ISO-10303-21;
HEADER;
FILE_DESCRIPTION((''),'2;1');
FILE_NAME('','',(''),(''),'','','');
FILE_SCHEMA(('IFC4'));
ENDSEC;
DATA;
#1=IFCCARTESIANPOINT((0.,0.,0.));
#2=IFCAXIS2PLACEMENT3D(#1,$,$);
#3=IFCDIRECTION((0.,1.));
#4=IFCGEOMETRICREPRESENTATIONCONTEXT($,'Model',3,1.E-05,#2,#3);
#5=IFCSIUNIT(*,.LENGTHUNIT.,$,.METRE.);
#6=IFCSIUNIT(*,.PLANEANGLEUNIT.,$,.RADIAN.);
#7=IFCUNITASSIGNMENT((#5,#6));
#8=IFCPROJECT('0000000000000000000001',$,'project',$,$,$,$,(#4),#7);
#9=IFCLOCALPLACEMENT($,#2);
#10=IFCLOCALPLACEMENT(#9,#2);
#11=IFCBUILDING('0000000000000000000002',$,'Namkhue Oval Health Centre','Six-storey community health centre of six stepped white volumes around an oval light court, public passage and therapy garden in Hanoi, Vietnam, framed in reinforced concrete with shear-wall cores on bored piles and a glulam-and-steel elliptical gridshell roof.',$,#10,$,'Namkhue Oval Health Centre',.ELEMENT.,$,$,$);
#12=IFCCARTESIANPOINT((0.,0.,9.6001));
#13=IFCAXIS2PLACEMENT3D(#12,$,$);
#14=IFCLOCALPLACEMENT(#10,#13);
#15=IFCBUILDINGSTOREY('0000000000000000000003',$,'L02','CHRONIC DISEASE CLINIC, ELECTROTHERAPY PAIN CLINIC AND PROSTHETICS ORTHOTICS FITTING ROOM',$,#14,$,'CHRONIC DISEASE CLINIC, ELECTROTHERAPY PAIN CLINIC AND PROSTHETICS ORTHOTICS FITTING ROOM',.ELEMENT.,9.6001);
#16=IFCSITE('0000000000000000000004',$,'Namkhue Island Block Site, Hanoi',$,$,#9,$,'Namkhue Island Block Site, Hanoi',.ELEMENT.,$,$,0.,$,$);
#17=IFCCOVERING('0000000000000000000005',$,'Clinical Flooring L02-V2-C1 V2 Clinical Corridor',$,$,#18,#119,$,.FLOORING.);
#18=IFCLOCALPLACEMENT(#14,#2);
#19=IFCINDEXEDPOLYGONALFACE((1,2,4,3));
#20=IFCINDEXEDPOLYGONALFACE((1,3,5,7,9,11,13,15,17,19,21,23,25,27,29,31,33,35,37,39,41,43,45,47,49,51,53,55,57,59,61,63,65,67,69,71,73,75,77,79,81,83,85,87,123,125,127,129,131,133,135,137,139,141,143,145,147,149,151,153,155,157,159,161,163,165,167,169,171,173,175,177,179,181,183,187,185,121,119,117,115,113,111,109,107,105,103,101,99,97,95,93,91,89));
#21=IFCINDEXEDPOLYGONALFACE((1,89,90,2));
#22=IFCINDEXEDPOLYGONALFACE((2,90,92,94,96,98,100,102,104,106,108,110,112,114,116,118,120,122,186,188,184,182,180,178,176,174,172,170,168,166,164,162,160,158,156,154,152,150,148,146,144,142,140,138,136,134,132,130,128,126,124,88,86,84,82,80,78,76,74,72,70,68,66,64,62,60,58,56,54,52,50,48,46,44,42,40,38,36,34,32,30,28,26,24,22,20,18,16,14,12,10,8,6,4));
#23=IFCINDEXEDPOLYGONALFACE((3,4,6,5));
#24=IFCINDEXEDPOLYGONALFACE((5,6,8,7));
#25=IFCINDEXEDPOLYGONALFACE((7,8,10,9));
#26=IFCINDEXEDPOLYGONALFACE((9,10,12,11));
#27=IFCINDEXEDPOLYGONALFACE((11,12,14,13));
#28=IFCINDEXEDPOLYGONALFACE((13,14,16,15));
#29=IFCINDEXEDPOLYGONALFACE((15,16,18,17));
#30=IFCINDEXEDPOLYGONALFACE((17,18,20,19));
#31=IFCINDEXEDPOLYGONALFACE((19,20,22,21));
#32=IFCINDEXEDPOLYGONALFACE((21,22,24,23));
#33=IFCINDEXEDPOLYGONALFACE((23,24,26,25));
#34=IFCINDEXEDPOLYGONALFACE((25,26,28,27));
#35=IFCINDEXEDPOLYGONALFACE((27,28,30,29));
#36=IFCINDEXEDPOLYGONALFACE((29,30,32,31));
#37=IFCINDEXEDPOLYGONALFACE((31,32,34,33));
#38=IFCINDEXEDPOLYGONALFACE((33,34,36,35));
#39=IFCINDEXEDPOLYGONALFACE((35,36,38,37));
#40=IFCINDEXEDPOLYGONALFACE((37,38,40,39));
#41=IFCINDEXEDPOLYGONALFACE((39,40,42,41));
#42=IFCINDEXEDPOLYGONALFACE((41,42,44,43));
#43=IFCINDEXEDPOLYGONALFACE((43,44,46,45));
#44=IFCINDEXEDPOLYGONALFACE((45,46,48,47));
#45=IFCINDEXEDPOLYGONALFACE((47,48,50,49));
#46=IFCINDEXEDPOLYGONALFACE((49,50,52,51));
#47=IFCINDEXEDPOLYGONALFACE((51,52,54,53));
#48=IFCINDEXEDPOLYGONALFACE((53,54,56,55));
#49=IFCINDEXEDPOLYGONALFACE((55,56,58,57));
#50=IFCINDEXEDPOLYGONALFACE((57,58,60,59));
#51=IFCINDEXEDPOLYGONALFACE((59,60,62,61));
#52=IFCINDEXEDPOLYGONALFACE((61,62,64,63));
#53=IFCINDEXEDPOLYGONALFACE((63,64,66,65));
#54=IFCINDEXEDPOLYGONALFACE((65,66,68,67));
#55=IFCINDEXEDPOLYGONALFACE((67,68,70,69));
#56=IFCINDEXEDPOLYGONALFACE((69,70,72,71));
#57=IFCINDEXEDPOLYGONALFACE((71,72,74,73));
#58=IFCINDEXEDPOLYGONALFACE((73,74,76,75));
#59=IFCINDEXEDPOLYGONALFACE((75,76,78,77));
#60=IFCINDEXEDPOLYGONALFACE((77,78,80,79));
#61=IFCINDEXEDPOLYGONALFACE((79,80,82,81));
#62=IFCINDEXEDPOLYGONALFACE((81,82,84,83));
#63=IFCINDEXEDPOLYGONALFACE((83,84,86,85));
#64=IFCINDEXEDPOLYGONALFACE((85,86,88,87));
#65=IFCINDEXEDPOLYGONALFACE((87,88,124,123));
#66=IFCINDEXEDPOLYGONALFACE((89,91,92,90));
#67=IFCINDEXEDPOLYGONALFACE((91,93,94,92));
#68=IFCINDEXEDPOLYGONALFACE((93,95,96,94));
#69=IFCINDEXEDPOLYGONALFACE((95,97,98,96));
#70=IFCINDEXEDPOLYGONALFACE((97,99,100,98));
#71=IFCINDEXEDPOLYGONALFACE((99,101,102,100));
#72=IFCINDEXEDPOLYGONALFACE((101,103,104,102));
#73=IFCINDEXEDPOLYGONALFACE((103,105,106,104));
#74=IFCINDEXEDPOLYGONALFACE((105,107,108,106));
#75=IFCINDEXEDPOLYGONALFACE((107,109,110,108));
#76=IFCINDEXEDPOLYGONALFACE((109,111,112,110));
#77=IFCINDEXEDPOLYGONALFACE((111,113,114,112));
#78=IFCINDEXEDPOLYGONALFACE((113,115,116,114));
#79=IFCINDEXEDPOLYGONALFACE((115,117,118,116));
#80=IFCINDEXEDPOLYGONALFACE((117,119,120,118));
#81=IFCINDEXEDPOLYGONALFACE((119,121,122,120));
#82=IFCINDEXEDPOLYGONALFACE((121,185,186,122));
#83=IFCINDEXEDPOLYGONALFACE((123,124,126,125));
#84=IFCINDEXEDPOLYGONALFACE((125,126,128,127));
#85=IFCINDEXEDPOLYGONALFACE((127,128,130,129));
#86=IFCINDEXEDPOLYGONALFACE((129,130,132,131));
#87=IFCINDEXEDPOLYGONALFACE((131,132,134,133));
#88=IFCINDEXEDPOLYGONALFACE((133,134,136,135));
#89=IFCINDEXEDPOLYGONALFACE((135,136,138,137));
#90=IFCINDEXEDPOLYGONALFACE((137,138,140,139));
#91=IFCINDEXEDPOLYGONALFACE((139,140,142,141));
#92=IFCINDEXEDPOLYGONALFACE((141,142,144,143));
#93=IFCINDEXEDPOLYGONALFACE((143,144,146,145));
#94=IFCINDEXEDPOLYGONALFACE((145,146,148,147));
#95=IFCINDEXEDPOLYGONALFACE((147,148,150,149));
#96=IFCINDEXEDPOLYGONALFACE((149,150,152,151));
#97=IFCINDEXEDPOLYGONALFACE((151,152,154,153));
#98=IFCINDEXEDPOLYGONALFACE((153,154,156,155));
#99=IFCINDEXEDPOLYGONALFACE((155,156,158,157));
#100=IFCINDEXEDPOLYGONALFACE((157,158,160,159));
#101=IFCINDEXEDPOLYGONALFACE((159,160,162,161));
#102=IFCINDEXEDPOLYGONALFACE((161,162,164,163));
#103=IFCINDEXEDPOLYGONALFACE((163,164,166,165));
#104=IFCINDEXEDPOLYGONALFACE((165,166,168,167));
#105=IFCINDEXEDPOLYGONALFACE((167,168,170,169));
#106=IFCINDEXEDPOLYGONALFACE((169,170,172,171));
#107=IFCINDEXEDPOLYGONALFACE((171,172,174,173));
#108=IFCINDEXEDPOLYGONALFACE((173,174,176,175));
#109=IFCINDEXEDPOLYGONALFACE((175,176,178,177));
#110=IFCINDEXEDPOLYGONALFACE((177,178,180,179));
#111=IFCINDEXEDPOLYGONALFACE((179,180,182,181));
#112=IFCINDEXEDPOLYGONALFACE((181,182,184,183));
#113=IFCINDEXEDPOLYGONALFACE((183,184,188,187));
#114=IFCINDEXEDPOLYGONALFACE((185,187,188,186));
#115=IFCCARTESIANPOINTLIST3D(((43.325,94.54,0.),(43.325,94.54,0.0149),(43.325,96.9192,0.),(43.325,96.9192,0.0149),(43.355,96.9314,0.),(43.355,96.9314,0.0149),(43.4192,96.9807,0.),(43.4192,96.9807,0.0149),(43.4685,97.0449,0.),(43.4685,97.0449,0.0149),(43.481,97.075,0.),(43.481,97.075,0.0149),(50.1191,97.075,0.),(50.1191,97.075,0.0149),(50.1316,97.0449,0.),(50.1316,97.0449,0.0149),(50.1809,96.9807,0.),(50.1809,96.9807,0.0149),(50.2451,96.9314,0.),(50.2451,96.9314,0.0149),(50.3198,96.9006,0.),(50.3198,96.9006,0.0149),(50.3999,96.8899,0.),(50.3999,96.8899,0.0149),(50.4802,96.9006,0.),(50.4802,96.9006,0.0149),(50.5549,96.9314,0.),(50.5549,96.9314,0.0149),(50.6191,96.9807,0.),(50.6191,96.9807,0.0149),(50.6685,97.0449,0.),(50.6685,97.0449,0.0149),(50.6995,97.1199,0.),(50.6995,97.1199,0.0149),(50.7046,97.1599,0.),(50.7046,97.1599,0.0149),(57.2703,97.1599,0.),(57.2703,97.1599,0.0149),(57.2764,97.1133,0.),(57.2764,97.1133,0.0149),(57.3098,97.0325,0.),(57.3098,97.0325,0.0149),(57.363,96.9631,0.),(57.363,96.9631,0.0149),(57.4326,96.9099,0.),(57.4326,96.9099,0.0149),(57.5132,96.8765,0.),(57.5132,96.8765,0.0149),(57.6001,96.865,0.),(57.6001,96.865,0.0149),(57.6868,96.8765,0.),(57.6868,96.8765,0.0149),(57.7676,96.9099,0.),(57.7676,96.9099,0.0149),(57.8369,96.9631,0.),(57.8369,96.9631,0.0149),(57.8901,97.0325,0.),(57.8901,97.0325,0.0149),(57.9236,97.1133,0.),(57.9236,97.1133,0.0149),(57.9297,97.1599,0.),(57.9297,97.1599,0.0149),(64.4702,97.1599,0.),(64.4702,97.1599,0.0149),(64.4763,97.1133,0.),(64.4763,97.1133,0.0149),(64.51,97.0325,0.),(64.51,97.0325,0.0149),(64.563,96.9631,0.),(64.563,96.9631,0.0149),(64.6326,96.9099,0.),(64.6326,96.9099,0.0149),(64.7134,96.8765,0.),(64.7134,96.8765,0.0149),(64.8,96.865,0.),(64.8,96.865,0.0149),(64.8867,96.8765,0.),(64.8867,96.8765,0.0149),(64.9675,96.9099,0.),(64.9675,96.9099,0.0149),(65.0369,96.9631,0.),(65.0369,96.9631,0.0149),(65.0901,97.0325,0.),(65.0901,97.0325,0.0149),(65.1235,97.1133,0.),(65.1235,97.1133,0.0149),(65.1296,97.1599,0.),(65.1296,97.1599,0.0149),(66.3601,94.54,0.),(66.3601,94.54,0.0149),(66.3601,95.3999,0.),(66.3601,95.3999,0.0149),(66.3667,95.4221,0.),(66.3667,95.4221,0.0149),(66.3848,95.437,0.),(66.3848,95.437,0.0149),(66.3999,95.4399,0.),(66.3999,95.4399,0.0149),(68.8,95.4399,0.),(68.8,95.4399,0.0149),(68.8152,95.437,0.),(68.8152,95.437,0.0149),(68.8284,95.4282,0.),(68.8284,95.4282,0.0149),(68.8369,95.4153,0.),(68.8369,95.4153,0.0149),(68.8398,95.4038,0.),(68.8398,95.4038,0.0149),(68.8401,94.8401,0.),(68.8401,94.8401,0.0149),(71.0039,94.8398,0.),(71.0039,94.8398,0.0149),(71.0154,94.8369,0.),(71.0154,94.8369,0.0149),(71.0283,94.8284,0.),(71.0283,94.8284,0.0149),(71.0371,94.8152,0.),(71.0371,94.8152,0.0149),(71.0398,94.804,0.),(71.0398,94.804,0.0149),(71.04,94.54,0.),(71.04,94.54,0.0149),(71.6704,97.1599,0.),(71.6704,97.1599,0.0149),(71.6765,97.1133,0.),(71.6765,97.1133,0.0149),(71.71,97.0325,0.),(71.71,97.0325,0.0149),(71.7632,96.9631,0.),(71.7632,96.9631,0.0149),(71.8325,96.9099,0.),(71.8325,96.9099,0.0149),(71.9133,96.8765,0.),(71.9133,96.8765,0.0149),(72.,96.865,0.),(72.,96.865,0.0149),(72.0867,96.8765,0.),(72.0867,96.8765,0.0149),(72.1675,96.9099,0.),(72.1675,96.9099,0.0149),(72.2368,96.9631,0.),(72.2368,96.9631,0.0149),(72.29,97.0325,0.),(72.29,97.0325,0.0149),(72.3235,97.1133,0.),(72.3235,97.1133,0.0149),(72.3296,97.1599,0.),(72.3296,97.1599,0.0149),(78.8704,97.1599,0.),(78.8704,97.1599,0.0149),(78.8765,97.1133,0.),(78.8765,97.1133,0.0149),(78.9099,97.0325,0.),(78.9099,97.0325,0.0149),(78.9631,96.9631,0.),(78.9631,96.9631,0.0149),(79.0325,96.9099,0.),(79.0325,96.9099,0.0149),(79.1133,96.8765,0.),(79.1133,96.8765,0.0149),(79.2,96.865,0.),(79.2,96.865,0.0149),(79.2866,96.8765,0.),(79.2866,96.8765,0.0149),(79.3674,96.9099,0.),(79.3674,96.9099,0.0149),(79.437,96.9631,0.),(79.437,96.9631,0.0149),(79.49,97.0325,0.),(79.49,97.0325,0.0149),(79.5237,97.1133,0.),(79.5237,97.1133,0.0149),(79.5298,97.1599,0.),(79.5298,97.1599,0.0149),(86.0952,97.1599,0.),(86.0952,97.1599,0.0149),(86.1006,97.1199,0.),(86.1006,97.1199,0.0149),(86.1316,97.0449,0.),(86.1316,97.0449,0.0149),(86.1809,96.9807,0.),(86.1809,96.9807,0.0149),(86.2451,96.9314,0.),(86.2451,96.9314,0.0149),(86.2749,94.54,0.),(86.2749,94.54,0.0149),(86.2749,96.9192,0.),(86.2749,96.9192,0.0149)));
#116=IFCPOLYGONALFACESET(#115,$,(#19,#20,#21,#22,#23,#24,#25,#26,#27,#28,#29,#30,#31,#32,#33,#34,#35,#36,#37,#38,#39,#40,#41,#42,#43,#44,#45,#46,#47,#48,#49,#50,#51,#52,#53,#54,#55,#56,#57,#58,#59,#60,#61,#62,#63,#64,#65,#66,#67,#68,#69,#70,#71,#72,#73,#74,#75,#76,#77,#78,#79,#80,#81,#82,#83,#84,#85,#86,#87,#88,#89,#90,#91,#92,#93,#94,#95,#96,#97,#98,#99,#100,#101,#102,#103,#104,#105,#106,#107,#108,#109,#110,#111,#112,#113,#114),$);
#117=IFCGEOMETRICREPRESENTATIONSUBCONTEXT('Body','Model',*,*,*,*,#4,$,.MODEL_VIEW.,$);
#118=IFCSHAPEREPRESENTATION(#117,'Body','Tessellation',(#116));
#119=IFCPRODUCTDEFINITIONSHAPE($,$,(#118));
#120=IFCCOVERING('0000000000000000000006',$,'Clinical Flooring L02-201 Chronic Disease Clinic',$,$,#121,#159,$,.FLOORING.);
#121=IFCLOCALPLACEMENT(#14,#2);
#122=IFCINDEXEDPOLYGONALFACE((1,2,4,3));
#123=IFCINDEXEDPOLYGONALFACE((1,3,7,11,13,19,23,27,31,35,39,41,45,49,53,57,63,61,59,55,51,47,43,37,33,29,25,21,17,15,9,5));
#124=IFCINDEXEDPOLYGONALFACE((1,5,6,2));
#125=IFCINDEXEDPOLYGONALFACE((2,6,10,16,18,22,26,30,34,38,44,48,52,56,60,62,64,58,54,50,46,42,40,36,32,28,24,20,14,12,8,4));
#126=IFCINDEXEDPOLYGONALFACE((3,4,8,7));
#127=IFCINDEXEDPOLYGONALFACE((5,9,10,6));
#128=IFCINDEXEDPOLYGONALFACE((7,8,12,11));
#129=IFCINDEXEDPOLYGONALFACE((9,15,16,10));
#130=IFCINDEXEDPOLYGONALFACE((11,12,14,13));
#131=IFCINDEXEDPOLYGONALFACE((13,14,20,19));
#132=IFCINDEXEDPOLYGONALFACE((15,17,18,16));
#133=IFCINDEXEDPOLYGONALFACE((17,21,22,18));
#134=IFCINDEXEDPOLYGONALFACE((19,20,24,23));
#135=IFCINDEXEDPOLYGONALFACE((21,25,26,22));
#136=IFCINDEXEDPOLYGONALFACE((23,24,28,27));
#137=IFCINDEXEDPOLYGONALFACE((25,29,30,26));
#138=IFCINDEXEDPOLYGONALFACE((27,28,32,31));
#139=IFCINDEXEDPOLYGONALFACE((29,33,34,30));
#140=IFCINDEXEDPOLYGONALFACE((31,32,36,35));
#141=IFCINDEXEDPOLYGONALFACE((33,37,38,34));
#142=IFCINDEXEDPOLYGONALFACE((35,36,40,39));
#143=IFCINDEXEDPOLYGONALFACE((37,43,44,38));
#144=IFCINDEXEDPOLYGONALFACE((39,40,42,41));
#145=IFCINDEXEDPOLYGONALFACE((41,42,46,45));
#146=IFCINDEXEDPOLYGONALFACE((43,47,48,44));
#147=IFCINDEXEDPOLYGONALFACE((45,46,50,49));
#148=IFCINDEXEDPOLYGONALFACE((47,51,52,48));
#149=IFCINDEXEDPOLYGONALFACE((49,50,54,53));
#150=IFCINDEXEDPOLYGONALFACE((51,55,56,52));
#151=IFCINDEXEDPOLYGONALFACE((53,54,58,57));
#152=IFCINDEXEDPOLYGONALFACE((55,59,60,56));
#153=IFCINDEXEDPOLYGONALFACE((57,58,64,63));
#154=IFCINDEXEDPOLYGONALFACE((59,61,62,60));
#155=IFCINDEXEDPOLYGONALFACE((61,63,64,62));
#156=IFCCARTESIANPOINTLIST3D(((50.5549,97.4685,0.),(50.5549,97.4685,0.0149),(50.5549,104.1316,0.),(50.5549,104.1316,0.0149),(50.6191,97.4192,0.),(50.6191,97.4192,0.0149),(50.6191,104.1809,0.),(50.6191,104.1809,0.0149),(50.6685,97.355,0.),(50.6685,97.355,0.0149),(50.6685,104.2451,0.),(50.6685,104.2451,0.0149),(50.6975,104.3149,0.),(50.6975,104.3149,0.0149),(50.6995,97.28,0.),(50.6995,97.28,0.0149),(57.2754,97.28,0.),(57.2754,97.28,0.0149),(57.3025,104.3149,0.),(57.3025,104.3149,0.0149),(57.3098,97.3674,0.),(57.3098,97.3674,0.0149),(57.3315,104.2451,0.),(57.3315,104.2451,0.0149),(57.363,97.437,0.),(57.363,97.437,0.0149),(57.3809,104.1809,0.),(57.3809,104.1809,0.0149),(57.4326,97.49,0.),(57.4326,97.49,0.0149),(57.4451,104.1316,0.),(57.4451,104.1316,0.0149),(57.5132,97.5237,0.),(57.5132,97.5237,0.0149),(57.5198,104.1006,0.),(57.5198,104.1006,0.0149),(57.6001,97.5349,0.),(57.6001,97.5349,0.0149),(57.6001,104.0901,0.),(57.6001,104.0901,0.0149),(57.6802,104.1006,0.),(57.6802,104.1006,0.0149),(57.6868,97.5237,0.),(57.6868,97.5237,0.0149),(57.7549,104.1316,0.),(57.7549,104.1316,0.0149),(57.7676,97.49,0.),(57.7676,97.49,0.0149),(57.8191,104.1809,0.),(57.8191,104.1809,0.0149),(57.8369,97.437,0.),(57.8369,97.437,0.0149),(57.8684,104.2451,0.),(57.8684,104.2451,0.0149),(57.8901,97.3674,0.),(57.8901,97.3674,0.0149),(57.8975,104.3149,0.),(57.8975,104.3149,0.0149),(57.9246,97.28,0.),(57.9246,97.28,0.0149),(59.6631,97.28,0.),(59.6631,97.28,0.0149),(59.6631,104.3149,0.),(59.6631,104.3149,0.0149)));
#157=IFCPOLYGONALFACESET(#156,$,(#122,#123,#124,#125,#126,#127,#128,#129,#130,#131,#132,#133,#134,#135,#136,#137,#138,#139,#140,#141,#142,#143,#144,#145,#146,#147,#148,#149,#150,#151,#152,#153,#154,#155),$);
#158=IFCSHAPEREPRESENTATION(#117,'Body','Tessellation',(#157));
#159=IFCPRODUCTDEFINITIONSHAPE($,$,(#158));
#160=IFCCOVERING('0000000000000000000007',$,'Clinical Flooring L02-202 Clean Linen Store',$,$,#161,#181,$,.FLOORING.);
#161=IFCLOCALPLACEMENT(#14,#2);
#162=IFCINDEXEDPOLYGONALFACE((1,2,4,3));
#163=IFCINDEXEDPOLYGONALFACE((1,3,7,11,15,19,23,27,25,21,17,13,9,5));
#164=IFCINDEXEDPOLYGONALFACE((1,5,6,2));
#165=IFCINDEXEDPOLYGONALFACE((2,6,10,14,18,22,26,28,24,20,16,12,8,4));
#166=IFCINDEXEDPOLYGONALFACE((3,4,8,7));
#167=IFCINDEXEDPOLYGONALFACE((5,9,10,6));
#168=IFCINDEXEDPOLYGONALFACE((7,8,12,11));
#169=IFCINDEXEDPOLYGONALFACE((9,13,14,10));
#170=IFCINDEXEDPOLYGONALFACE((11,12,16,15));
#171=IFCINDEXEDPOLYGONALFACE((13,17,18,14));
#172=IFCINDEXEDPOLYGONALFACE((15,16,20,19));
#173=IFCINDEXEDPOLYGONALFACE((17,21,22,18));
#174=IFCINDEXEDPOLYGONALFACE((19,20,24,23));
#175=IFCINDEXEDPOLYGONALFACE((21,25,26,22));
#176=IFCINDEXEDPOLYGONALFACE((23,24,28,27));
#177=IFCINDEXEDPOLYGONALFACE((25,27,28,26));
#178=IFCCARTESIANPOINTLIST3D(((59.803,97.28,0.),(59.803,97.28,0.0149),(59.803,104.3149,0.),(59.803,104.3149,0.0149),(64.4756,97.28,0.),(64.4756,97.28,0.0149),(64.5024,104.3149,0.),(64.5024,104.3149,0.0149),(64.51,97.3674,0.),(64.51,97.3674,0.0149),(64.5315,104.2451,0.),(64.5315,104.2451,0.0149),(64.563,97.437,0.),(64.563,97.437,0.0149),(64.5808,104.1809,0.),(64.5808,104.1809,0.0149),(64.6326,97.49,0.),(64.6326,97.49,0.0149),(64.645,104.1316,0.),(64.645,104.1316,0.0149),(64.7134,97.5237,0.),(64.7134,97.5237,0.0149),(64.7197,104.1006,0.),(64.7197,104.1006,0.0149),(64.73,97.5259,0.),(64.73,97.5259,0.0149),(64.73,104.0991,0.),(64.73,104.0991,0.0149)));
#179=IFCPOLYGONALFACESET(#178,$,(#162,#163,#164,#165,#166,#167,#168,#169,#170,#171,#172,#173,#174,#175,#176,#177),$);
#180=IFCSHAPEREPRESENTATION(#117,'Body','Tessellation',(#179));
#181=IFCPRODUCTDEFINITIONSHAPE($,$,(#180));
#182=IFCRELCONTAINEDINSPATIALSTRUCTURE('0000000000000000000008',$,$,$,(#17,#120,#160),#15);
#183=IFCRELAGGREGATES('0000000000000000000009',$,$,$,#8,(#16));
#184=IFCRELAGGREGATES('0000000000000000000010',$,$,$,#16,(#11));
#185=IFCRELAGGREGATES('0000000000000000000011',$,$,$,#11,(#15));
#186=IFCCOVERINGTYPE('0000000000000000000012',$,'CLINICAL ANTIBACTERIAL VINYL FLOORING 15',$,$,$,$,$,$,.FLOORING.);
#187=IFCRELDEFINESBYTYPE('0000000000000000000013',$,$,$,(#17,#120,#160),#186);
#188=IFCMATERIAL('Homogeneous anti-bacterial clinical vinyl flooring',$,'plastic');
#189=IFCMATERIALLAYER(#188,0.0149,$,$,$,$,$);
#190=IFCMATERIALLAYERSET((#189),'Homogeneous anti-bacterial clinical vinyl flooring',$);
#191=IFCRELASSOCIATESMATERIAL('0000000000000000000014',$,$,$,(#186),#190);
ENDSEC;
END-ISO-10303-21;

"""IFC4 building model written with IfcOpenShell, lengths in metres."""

from ifc_helpers import new_model, si_unit, direction, frame, origin, place, context, subcontext, project, spatial, polyline, outline, extrude, material, layer, layer_set, type_object, element, save


model = new_model("IFC4")

# Units and contexts
model_context = context("Model", 3, precision=1e-05, world=origin(), true_north=direction((0.0, 1.0)))
body_context = subcontext(model_context, "Body", "Model", "MODEL_VIEW")
ifc_project = project(units=[si_unit("LENGTHUNIT", "METRE"), si_unit("PLANEANGLEUNIT", "RADIAN")], contexts=[model_context])

# Site, building, storey
site_placement = place(None, origin())
site = spatial("IfcSite", under=ifc_project, at=site_placement, Name="Namkhue Island Block Site, Hanoi", LongName="Namkhue Island Block Site, Hanoi", CompositionType="ELEMENT", RefElevation=0.0)
building_placement = place(site_placement, origin())
building = spatial("IfcBuilding", under=site, at=building_placement, Name="Namkhue Oval Health Centre", Description="Six-storey community health centre of six stepped white volumes around an oval light court, public passage and therapy garden in Hanoi, Vietnam, framed in reinforced concrete with shear-wall cores on bored piles and a glulam-and-steel elliptical gridshell roof.", LongName="Namkhue Oval Health Centre", CompositionType="ELEMENT")
storey_placement = place(building_placement, frame((0.0, 0.0, 9.6001)))
storey = spatial("IfcBuildingStorey", under=building, at=storey_placement, Name="L02", Description="CHRONIC DISEASE CLINIC, ELECTROTHERAPY PAIN CLINIC AND PROSTHETICS ORTHOTICS FITTING ROOM", LongName="CHRONIC DISEASE CLINIC, ELECTROTHERAPY PAIN CLINIC AND PROSTHETICS ORTHOTICS FITTING ROOM", CompositionType="ELEMENT", Elevation=9.6001)

# Coverings
ifc_material_1 = material(Name="Homogeneous anti-bacterial clinical vinyl flooring", Category="plastic")
ifc_layer_1 = layer(ifc_material_1, 0.0149)
ifc_layer_set_1 = layer_set([ifc_layer_1], Name="Homogeneous anti-bacterial clinical vinyl flooring")
covering_type = type_object("IfcCoveringType", Name="CLINICAL ANTIBACTERIAL VINYL FLOORING 15", PredefinedType="FLOORING", material=ifc_layer_set_1)
covering_1_placement = place(storey_placement, origin())
element("IfcCovering", 1, at=covering_1_placement, inside=storey, type_object=covering_type, Name="Clinical Flooring L02-V2-C1 V2 Clinical Corridor", PredefinedType="FLOORING", context=body_context, shape_type="SweptSolid", body=[
    extrude(outline(polyline([(57.2703, 97.1599), (57.2764, 97.1133), (57.3098, 97.0325), (57.363, 96.9631), (57.4326, 96.9099), (57.5132, 96.8765), (57.6001, 96.865), (57.6868, 96.8765), (57.7676, 96.9099), (57.8369, 96.9631), (57.8901, 97.0325), (57.9236, 97.1133), (57.9297, 97.1599), (64.4702, 97.1599), (64.4763, 97.1133), (64.51, 97.0325), (64.563, 96.9631), (64.6326, 96.9099), (64.7134, 96.8765), (64.8, 96.865), (64.8867, 96.8765), (64.9675, 96.9099), (65.0369, 96.9631), (65.0901, 97.0325), (65.1235, 97.1133), (65.1296, 97.1599), (71.6704, 97.1599), (71.6765, 97.1133), (71.71, 97.0325), (71.7632, 96.9631), (71.8325, 96.9099), (71.9133, 96.8765), (72.0, 96.865), (72.0867, 96.8765), (72.1675, 96.9099), (72.2368, 96.9631), (72.29, 97.0325), (72.3235, 97.1133), (72.3296, 97.1599), (78.8704, 97.1599), (78.8765, 97.1133), (78.9099, 97.0325), (78.9631, 96.9631), (79.0325, 96.9099), (79.1133, 96.8765), (79.2, 96.865), (79.2866, 96.8765), (79.3674, 96.9099), (79.437, 96.9631), (79.49, 97.0325), (79.5237, 97.1133), (79.5298, 97.1599), (86.0952, 97.1599), (86.1006, 97.1199), (86.1316, 97.0449), (86.1809, 96.9807), (86.2451, 96.9314), (86.2749, 96.9192), (86.2749, 94.54), (71.04, 94.54), (71.0398, 94.804), (71.0371, 94.8152), (71.0283, 94.8284), (71.0154, 94.8369), (71.0039, 94.8398), (68.8401, 94.8401), (68.8398, 95.4038), (68.8369, 95.4153), (68.8284, 95.4282), (68.8152, 95.437), (68.8, 95.4399), (66.3999, 95.4399), (66.3848, 95.437), (66.3667, 95.4221), (66.3601, 95.3999), (66.3601, 94.54), (43.325, 94.54), (43.325, 96.9192), (43.355, 96.9314), (43.4192, 96.9807), (43.4685, 97.0449), (43.481, 97.075), (50.1191, 97.075), (50.1316, 97.0449), (50.1809, 96.9807), (50.2451, 96.9314), (50.3198, 96.9006), (50.3999, 96.8899), (50.4802, 96.9006), (50.5549, 96.9314), (50.6191, 96.9807), (50.6685, 97.0449), (50.6995, 97.1199), (50.7046, 97.1599), (57.2703, 97.1599)])), origin(), (0.0, 0.0, 1.0), 0.0149),
])
covering_2_placement = place(storey_placement, origin())
element("IfcCovering", 2, at=covering_2_placement, inside=storey, type_object=covering_type, Name="Clinical Flooring L02-201 Chronic Disease Clinic", PredefinedType="FLOORING", context=body_context, shape_type="SweptSolid", body=[
    extrude(outline(polyline([(57.9246, 97.28), (57.8901, 97.3674), (57.8369, 97.437), (57.7676, 97.49), (57.6868, 97.5237), (57.6001, 97.5349), (57.5132, 97.5237), (57.4326, 97.49), (57.363, 97.437), (57.3098, 97.3674), (57.2754, 97.28), (50.6995, 97.28), (50.6685, 97.355), (50.6191, 97.4192), (50.5549, 97.4685), (50.5549, 104.1316), (50.6191, 104.1809), (50.6685, 104.2451), (50.6975, 104.3149), (57.3025, 104.3149), (57.3315, 104.2451), (57.3809, 104.1809), (57.4451, 104.1316), (57.5198, 104.1006), (57.6001, 104.0901), (57.6802, 104.1006), (57.7549, 104.1316), (57.8191, 104.1809), (57.8684, 104.2451), (57.8975, 104.3149), (59.6631, 104.3149), (59.6631, 97.28), (57.9246, 97.28)])), origin(), (0.0, 0.0, 1.0), 0.0149),
])
covering_3_placement = place(storey_placement, origin())
element("IfcCovering", 3, at=covering_3_placement, inside=storey, type_object=covering_type, Name="Clinical Flooring L02-202 Clean Linen Store", PredefinedType="FLOORING", context=body_context, shape_type="SweptSolid", body=[
    extrude(outline(polyline([(59.803, 97.28), (59.803, 104.3149), (64.5024, 104.3149), (64.5315, 104.2451), (64.5808, 104.1809), (64.645, 104.1316), (64.7197, 104.1006), (64.73, 104.0991), (64.73, 97.5259), (64.7134, 97.5237), (64.6326, 97.49), (64.563, 97.437), (64.51, 97.3674), (64.4756, 97.28), (59.803, 97.28)])), origin(), (0.0, 0.0, 1.0), 0.0149),
])

save(model, "model.ifc")
